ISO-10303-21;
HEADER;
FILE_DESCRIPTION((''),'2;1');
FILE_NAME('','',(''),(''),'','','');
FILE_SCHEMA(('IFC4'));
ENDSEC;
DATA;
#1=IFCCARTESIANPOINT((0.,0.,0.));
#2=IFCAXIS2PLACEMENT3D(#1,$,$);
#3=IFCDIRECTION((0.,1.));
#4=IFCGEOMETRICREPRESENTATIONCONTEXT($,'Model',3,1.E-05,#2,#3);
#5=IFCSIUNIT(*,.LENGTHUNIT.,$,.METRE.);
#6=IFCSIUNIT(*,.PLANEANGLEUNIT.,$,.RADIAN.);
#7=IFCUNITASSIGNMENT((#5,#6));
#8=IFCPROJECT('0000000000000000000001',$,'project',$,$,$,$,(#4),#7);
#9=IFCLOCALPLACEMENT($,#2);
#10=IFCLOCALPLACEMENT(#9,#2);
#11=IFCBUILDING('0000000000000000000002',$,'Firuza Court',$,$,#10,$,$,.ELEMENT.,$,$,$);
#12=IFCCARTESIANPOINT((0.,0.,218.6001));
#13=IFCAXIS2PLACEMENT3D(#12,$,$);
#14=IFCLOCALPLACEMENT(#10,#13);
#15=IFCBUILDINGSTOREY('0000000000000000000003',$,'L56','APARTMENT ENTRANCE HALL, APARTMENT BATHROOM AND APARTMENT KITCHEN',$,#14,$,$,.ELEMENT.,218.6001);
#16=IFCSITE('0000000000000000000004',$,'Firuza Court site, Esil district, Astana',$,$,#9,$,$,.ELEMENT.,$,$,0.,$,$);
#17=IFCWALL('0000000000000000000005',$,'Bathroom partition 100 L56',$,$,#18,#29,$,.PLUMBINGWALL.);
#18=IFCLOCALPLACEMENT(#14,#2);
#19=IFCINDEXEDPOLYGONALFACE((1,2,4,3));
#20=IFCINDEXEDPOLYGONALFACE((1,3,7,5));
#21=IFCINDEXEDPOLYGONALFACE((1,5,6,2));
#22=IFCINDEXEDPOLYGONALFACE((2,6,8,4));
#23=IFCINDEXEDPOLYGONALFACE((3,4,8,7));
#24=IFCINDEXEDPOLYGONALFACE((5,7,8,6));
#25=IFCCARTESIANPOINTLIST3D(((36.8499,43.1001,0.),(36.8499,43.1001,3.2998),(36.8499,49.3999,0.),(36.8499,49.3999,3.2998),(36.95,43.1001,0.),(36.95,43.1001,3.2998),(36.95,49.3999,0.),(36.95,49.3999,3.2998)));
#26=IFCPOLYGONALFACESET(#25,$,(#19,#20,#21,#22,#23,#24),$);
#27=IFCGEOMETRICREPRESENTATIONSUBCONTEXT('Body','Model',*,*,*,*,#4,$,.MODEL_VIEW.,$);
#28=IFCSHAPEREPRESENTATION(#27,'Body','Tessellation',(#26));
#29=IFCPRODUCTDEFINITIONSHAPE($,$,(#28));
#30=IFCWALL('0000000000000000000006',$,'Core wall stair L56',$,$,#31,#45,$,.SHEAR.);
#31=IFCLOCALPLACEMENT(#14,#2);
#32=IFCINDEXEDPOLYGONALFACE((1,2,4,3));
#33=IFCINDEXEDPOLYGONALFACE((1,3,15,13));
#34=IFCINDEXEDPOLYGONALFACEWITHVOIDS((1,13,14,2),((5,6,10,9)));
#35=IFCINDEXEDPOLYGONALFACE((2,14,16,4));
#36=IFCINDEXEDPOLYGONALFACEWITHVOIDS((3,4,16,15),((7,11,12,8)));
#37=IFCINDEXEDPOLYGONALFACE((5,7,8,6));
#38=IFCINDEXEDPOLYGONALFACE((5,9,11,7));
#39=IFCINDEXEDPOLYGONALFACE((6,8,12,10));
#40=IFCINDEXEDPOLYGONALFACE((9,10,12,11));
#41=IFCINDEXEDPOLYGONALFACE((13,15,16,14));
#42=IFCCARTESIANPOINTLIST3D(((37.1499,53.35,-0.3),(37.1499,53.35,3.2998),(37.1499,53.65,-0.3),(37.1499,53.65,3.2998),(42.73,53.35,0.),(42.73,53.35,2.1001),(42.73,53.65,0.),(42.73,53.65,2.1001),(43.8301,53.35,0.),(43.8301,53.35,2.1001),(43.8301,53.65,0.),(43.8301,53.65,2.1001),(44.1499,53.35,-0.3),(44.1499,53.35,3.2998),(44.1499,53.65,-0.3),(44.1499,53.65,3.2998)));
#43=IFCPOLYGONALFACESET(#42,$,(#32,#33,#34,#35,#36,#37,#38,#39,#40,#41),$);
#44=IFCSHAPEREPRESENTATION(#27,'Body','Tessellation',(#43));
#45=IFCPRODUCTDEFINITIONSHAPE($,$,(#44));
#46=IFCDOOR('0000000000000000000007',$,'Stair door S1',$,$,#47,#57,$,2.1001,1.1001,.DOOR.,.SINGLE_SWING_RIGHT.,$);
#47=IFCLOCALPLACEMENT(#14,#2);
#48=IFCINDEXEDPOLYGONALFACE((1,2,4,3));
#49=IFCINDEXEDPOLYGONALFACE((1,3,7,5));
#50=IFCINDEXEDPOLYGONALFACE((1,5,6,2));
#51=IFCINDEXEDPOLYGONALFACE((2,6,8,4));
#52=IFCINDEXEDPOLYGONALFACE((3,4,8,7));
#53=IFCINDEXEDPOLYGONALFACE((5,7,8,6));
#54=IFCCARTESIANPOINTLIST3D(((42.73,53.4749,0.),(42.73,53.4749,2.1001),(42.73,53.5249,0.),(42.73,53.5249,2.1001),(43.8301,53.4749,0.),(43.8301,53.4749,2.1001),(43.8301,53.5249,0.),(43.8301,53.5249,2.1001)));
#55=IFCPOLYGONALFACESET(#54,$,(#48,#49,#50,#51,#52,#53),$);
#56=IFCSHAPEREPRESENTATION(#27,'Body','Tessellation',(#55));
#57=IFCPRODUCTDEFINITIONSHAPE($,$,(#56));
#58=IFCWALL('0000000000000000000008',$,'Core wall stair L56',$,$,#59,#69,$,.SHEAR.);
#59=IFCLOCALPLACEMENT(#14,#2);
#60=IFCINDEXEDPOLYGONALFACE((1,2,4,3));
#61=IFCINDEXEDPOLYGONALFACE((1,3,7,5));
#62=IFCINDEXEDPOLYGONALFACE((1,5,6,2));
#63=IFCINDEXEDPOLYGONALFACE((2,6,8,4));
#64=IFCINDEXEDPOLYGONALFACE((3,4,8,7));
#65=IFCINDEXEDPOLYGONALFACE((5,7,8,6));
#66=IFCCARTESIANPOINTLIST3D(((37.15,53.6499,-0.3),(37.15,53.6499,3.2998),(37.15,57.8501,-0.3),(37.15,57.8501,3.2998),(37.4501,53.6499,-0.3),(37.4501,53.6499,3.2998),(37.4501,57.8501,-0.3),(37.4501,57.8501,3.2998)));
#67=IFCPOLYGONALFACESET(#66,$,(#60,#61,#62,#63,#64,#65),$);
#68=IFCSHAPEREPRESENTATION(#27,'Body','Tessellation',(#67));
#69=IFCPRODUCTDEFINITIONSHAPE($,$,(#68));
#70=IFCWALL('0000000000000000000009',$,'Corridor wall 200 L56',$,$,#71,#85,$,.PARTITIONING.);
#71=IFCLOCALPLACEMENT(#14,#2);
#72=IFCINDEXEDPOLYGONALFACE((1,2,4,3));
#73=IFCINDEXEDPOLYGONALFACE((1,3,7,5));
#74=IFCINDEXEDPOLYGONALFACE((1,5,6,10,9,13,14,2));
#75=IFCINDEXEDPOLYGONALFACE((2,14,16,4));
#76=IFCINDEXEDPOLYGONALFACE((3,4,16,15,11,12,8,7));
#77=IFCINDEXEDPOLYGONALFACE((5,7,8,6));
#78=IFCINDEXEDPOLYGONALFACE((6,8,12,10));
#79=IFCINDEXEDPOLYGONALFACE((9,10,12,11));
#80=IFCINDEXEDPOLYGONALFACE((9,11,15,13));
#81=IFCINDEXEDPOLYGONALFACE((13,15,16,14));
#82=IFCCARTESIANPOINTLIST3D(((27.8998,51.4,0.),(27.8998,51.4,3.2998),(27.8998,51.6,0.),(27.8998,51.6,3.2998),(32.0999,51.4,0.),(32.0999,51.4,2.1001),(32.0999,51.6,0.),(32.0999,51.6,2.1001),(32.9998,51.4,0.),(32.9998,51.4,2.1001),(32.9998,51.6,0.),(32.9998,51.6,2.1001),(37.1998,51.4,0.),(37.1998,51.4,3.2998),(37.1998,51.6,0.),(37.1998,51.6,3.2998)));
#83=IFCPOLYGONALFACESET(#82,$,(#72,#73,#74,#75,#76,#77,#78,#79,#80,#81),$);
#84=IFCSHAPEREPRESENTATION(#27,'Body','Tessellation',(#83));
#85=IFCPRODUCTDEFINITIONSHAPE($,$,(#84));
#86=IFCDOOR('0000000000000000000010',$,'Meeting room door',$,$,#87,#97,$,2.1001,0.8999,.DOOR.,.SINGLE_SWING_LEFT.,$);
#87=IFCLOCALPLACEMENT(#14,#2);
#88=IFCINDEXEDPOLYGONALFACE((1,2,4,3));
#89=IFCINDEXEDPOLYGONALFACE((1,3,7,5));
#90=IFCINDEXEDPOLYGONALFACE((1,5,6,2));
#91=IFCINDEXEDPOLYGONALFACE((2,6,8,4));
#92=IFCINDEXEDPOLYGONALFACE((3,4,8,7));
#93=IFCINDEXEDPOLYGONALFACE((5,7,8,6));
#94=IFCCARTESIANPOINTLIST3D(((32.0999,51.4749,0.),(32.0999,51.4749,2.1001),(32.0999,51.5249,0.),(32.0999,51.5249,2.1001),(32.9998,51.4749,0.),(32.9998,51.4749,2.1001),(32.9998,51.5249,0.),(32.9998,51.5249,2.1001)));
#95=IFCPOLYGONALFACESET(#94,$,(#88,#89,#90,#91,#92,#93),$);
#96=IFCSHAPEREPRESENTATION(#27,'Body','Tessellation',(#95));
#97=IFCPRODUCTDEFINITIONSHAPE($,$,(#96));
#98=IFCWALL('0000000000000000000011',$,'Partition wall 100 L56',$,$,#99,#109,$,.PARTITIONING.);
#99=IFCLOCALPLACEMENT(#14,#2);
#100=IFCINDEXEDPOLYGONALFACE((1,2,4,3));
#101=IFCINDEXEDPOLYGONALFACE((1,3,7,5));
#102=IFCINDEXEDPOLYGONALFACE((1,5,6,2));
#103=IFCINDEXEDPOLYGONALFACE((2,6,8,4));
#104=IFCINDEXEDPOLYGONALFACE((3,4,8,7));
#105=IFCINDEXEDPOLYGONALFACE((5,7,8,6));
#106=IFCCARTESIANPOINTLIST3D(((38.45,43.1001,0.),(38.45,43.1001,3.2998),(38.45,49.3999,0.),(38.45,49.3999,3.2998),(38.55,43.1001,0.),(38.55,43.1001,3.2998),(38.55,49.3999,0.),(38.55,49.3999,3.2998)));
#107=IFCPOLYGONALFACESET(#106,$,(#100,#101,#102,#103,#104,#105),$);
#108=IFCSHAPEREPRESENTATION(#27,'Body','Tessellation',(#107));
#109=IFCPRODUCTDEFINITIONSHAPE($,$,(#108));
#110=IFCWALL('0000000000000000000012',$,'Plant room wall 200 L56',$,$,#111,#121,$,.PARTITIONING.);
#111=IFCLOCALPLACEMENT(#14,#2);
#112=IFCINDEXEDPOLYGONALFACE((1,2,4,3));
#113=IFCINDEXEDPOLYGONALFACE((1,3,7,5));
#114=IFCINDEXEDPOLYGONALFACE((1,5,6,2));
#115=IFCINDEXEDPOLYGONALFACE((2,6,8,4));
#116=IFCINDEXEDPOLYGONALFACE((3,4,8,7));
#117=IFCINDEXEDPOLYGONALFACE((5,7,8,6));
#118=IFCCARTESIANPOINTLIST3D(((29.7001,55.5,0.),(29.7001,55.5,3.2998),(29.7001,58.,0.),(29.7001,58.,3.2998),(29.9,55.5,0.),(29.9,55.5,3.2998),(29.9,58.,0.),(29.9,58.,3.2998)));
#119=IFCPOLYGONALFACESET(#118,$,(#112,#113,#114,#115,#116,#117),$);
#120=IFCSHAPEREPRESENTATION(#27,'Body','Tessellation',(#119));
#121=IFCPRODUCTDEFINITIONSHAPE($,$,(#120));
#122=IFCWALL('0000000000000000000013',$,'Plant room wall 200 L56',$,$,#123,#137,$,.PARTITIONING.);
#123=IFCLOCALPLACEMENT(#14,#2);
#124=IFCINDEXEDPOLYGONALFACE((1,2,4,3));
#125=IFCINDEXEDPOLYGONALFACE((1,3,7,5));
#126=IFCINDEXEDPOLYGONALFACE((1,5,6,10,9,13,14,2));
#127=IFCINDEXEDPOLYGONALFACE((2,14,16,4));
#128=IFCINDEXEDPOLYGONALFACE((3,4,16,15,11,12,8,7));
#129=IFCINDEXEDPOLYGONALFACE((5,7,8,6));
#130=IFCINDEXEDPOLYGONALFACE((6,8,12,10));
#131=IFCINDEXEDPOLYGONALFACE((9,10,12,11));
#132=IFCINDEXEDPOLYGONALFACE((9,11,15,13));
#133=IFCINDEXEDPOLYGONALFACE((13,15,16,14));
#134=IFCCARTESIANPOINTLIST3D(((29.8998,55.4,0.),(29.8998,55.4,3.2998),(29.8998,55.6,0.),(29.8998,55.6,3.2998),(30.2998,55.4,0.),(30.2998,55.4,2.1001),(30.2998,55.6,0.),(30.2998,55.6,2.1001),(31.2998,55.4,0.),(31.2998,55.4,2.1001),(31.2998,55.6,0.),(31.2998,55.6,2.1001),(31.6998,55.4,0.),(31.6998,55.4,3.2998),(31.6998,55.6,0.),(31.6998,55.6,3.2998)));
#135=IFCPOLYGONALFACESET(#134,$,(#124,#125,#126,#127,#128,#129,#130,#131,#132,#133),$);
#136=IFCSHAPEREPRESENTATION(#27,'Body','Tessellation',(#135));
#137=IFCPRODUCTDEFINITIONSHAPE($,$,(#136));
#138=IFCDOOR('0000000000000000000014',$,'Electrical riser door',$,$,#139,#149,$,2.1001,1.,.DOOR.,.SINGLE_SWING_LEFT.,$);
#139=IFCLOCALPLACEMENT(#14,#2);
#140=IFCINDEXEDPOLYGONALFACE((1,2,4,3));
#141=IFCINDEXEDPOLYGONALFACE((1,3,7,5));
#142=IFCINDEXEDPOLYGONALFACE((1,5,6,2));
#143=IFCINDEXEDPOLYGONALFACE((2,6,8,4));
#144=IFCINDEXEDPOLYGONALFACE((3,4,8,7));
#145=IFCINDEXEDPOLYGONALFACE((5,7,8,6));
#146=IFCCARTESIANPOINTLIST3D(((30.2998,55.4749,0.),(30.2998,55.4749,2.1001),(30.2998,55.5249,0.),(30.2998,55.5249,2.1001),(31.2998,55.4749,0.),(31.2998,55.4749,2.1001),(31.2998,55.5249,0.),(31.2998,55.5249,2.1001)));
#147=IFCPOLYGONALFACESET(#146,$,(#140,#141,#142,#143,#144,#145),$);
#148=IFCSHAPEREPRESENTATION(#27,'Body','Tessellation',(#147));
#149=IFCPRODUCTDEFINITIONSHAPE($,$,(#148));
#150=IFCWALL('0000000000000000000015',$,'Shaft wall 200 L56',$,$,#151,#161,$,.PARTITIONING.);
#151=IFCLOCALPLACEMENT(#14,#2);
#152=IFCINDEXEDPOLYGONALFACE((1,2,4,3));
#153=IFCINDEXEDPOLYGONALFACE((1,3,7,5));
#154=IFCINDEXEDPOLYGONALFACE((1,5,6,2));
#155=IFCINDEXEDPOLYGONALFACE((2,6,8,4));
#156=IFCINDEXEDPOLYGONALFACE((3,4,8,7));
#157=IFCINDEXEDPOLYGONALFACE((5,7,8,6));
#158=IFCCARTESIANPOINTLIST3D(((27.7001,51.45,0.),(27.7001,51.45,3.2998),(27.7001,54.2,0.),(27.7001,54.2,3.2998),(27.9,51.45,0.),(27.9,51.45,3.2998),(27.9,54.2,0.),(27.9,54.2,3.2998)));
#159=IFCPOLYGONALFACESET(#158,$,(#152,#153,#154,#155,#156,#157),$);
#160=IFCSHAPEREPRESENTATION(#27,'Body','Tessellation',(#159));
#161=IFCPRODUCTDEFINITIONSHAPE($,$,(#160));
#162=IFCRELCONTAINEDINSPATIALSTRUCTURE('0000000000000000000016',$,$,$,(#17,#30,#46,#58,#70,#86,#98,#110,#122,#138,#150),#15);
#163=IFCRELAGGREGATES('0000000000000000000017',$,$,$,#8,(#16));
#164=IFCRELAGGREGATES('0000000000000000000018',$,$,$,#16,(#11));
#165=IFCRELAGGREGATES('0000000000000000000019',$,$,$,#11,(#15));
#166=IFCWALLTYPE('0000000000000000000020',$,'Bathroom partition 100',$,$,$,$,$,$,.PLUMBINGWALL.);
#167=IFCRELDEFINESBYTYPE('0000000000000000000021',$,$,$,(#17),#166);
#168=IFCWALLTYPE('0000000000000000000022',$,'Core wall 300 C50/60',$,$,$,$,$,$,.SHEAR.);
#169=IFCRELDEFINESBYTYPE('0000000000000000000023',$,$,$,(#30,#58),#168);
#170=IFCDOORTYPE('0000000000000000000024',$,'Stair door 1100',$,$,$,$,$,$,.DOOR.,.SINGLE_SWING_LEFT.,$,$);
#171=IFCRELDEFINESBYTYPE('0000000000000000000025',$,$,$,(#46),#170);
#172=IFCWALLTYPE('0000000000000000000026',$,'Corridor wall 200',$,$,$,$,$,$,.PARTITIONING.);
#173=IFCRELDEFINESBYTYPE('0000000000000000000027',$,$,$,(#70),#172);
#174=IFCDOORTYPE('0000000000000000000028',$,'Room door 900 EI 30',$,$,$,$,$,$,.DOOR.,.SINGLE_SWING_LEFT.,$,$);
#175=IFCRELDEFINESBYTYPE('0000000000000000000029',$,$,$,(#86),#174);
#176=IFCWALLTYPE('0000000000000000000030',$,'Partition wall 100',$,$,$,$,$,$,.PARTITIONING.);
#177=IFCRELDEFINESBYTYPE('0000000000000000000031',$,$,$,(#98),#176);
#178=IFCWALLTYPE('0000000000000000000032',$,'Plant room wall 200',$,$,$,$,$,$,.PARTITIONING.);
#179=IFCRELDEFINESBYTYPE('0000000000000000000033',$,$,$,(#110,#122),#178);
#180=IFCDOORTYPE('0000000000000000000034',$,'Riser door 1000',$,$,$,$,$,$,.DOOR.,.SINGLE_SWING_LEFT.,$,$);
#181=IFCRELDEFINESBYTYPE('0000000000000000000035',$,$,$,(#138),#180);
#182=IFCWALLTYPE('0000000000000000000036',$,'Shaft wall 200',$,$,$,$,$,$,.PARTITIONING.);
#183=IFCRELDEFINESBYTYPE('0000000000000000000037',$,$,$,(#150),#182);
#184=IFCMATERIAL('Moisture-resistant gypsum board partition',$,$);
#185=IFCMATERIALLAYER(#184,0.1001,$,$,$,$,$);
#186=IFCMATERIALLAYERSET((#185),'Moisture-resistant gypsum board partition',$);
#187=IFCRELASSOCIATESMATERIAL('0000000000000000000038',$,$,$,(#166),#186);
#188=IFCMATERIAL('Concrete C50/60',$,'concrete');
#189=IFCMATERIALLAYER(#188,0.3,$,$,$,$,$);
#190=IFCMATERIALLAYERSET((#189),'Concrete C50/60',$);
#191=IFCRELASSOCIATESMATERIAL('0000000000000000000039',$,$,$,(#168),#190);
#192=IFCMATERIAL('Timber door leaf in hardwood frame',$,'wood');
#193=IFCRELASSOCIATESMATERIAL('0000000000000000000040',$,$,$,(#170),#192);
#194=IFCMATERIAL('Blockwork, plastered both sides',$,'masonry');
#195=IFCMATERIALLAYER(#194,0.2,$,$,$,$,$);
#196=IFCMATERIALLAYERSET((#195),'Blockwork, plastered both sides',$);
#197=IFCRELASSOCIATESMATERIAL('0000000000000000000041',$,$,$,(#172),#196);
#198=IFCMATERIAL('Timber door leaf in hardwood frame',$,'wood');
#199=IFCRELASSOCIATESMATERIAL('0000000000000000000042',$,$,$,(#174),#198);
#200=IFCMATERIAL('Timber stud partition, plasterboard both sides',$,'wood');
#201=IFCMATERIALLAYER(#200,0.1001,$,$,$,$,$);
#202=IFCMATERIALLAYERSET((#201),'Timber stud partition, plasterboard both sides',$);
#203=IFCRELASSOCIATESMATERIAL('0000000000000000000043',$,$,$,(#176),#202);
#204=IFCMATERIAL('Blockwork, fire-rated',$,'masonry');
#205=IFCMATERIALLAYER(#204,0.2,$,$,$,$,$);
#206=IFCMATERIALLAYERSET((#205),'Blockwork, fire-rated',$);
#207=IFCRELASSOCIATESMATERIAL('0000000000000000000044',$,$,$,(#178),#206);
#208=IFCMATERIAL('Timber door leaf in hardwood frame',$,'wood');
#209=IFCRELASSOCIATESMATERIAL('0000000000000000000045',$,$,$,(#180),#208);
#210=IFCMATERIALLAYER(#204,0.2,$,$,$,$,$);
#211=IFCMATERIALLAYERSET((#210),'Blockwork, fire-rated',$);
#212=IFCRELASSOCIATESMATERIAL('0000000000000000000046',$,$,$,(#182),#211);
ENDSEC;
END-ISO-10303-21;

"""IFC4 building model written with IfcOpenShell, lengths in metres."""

from ifc_helpers import new_model, si_unit, direction, frame, frame_2d, origin, place, context, subcontext, project, spatial, rectangle, extrude, material, layer, layer_set, type_object, element, fill, save


model = new_model("IFC4")

# Units and contexts
model_context = context("Model", 3, precision=1e-05, world=origin(), true_north=direction((0.0, 1.0)))
body_context = subcontext(model_context, "Body", "Model", "MODEL_VIEW")
ifc_project = project(units=[si_unit("LENGTHUNIT", "METRE"), si_unit("PLANEANGLEUNIT", "RADIAN")], contexts=[model_context])

# Site, building, storey
site_placement = place(None, origin())
site = spatial("IfcSite", under=ifc_project, at=site_placement, Name="Firuza Court site, Esil district, Astana", CompositionType="ELEMENT", RefElevation=0.0)
building_placement = place(site_placement, origin())
building = spatial("IfcBuilding", under=site, at=building_placement, Name="Firuza Court", CompositionType="ELEMENT")
storey_placement = place(building_placement, frame((0.0, 0.0, 218.6001)))
storey = spatial("IfcBuildingStorey", under=building, at=storey_placement, Name="L56", Description="APARTMENT ENTRANCE HALL, APARTMENT BATHROOM AND APARTMENT KITCHEN", CompositionType="ELEMENT", Elevation=218.6001)

# Wall
ifc_material_1 = material(Name="Moisture-resistant gypsum board partition")
ifc_layer_1 = layer(ifc_material_1, 0.1001)
ifc_layer_set_1 = layer_set([ifc_layer_1], Name="Moisture-resistant gypsum board partition")
wall_type_1 = type_object("IfcWallType", Name="Bathroom partition 100", PredefinedType="PLUMBINGWALL", material=ifc_layer_set_1)
wall_1_placement = place(storey_placement, frame((36.8999, 43.1001, 0.0), z_axis=(0.0, 0.0, 1.0), x_axis=(0.0, 1.0, 0.0)))
element("IfcWall", 1, at=wall_1_placement, inside=storey, type_object=wall_type_1, Name="Bathroom partition 100 L56", PredefinedType="PLUMBINGWALL", context=body_context, shape_type="SweptSolid", body=[
    extrude(rectangle(XDim=6.2998, YDim=0.1001, at=frame_2d((3.1499, 0.0))), origin(), (0.0, 0.0, 1.0), 3.2998),
])

# Wall, opening, door
ifc_material_2 = material(Name="Concrete C50/60", Category="concrete")
ifc_layer_2 = layer(ifc_material_2, 0.3)
ifc_layer_set_2 = layer_set([ifc_layer_2], Name="Concrete C50/60")
wall_type_2 = type_object("IfcWallType", Name="Core wall 300 C50/60", PredefinedType="SHEAR", material=ifc_layer_set_2)
wall_2_placement = place(storey_placement, frame((37.1499, 53.5, -0.3), z_axis=(0.0, 0.0, 1.0), x_axis=(1.0, 0.0, 0.0)))
wall_2 = element("IfcWall", 2, at=wall_2_placement, inside=storey, type_object=wall_type_2, Name="Core wall stair L56", PredefinedType="SHEAR", context=body_context, shape_type="SweptSolid", body=[
    extrude(rectangle(XDim=7.0, YDim=0.3, at=frame_2d((3.5, 0.0))), origin(), (0.0, 0.0, 1.0), 3.5999),
])
opening_1_placement = place(wall_2_placement, frame((5.5801, 0.0, 0.3)))
opening_1 = element("IfcOpeningElement", 3, at=opening_1_placement, cuts=wall_2, PredefinedType="OPENING", context=body_context, shape_type="SweptSolid", body=[
    extrude(rectangle(XDim=1.1001, YDim=2.1001, at=frame_2d((0.55, 1.05))), frame((0.0, 0.1621, 0.0), z_axis=(0.0, -1.0, 0.0), x_axis=(1.0, 0.0, 0.0)), (0.0, 0.0, 1.0), 0.324),
])
ifc_material_3 = material(Name="Timber door leaf in hardwood frame", Category="wood")
door_type_1 = type_object("IfcDoorType", Name="Stair door 1100", OperationType="SINGLE_SWING_LEFT", PredefinedType="DOOR", material=ifc_material_3)
door_1_placement = place(opening_1_placement, origin())
door_1 = element("IfcDoor", 4, at=door_1_placement, inside=storey, type_object=door_type_1, Name="Stair door S1", OperationType="SINGLE_SWING_RIGHT", OverallHeight=2.1001, OverallWidth=1.1001, PredefinedType="DOOR", context=body_context, shape_type="SweptSolid", body=[
    extrude(rectangle(XDim=1.1001, YDim=2.1001, at=frame_2d((0.55, 1.05))), frame((0.0, 0.0249, 0.0), z_axis=(0.0, -1.0, 0.0), x_axis=(1.0, 0.0, 0.0)), (0.0, 0.0, 1.0), 0.05),
])
fill(opening_1, door_1)

# Wall
wall_3_placement = place(storey_placement, frame((37.3, 53.6499, -0.3), z_axis=(0.0, 0.0, 1.0), x_axis=(0.0, 1.0, 0.0)))
element("IfcWall", 5, at=wall_3_placement, inside=storey, type_object=wall_type_2, Name="Core wall stair L56", PredefinedType="SHEAR", context=body_context, shape_type="SweptSolid", body=[
    extrude(rectangle(XDim=4.2002, YDim=0.3, at=frame_2d((2.1001, 0.0))), origin(), (0.0, 0.0, 1.0), 3.5999),
])

# Wall, opening, door
ifc_material_4 = material(Name="Blockwork, plastered both sides", Category="masonry")
ifc_layer_3 = layer(ifc_material_4, 0.2)
ifc_layer_set_3 = layer_set([ifc_layer_3], Name="Blockwork, plastered both sides")
wall_type_3 = type_object("IfcWallType", Name="Corridor wall 200", PredefinedType="PARTITIONING", material=ifc_layer_set_3)
wall_4_placement = place(storey_placement, frame((27.8999, 51.5, 0.0), z_axis=(0.0, 0.0, 1.0), x_axis=(1.0, 0.0, 0.0)))
wall_4 = element("IfcWall", 6, at=wall_4_placement, inside=storey, type_object=wall_type_3, Name="Corridor wall 200 L56", PredefinedType="PARTITIONING", context=body_context, shape_type="SweptSolid", body=[
    extrude(rectangle(XDim=9.3, YDim=0.2, at=frame_2d((4.6499, 0.0))), origin(), (0.0, 0.0, 1.0), 3.2998),
])
opening_2_placement = place(wall_4_placement, frame((4.2, 0.0, 0.0)))
opening_2 = element("IfcOpeningElement", 7, at=opening_2_placement, cuts=wall_4, PredefinedType="OPENING", context=body_context, shape_type="SweptSolid", body=[
    extrude(rectangle(XDim=0.8999, YDim=2.1001, at=frame_2d((0.45, 1.05))), frame((0.0, 0.1118, 0.0), z_axis=(0.0, -1.0, 0.0), x_axis=(1.0, 0.0, 0.0)), (0.0, 0.0, 1.0), 0.2239),
])
ifc_material_5 = material(Name="Timber door leaf in hardwood frame", Category="wood")
door_type_2 = type_object("IfcDoorType", Name="Room door 900 EI 30", OperationType="SINGLE_SWING_LEFT", PredefinedType="DOOR", material=ifc_material_5)
door_2_placement = place(opening_2_placement, origin())
door_2 = element("IfcDoor", 8, at=door_2_placement, inside=storey, type_object=door_type_2, Name="Meeting room door", OperationType="SINGLE_SWING_LEFT", OverallHeight=2.1001, OverallWidth=0.8999, PredefinedType="DOOR", context=body_context, shape_type="SweptSolid", body=[
    extrude(rectangle(XDim=0.8999, YDim=2.1001, at=frame_2d((0.45, 1.05))), frame((0.0, 0.0249, 0.0), z_axis=(0.0, -1.0, 0.0), x_axis=(1.0, 0.0, 0.0)), (0.0, 0.0, 1.0), 0.05),
])
fill(opening_2, door_2)

# Walls
ifc_material_6 = material(Name="Timber stud partition, plasterboard both sides", Category="wood")
ifc_layer_4 = layer(ifc_material_6, 0.1001)
ifc_layer_set_4 = layer_set([ifc_layer_4], Name="Timber stud partition, plasterboard both sides")
wall_type_4 = type_object("IfcWallType", Name="Partition wall 100", PredefinedType="PARTITIONING", material=ifc_layer_set_4)
wall_5_placement = place(storey_placement, frame((38.5, 43.1001, 0.0), z_axis=(0.0, 0.0, 1.0), x_axis=(0.0, 1.0, 0.0)))
element("IfcWall", 9, at=wall_5_placement, inside=storey, type_object=wall_type_4, Name="Partition wall 100 L56", PredefinedType="PARTITIONING", context=body_context, shape_type="SweptSolid", body=[
    extrude(rectangle(XDim=6.2998, YDim=0.1001, at=frame_2d((3.1499, 0.0))), origin(), (0.0, 0.0, 1.0), 3.2998),
])
ifc_material_7 = material(Name="Blockwork, fire-rated", Category="masonry")
ifc_layer_5 = layer(ifc_material_7, 0.2)
ifc_layer_set_5 = layer_set([ifc_layer_5], Name="Blockwork, fire-rated")
wall_type_5 = type_object("IfcWallType", Name="Plant room wall 200", PredefinedType="PARTITIONING", material=ifc_layer_set_5)
wall_6_placement = place(storey_placement, frame((29.8, 55.5, 0.0), z_axis=(0.0, 0.0, 1.0), x_axis=(0.0, 1.0, 0.0)))
element("IfcWall", 10, at=wall_6_placement, inside=storey, type_object=wall_type_5, Name="Plant room wall 200 L56", PredefinedType="PARTITIONING", context=body_context, shape_type="SweptSolid", body=[
    extrude(rectangle(XDim=2.5, YDim=0.2, at=frame_2d((1.25, 0.0))), origin(), (0.0, 0.0, 1.0), 3.2998),
])

# Wall, opening, door
wall_7_placement = place(storey_placement, frame((29.8999, 55.5, 0.0), z_axis=(0.0, 0.0, 1.0), x_axis=(1.0, 0.0, 0.0)))
wall_7 = element("IfcWall", 11, at=wall_7_placement, inside=storey, type_object=wall_type_5, Name="Plant room wall 200 L56", PredefinedType="PARTITIONING", context=body_context, shape_type="SweptSolid", body=[
    extrude(rectangle(XDim=1.8, YDim=0.2, at=frame_2d((0.8999, 0.0))), origin(), (0.0, 0.0, 1.0), 3.2998),
])
opening_3_placement = place(wall_7_placement, frame((0.3999, 0.0, 0.0)))
opening_3 = element("IfcOpeningElement", 12, at=opening_3_placement, cuts=wall_7, PredefinedType="OPENING", context=body_context, shape_type="SweptSolid", body=[
    extrude(rectangle(XDim=1.0, YDim=2.1001, at=frame_2d((0.5, 1.05))), frame((0.0, 0.1118, 0.0), z_axis=(0.0, -1.0, 0.0), x_axis=(1.0, 0.0, 0.0)), (0.0, 0.0, 1.0), 0.2239),
])
ifc_material_8 = material(Name="Timber door leaf in hardwood frame", Category="wood")
door_type_3 = type_object("IfcDoorType", Name="Riser door 1000", OperationType="SINGLE_SWING_LEFT", PredefinedType="DOOR", material=ifc_material_8)
door_3_placement = place(opening_3_placement, origin())
door_3 = element("IfcDoor", 13, at=door_3_placement, inside=storey, type_object=door_type_3, Name="Electrical riser door", OperationType="SINGLE_SWING_LEFT", OverallHeight=2.1001, OverallWidth=1.0, PredefinedType="DOOR", context=body_context, shape_type="SweptSolid", body=[
    extrude(rectangle(XDim=1.0, YDim=2.1001, at=frame_2d((0.5, 1.05))), frame((0.0, 0.0249, 0.0), z_axis=(0.0, -1.0, 0.0), x_axis=(1.0, 0.0, 0.0)), (0.0, 0.0, 1.0), 0.05),
])
fill(opening_3, door_3)

# Wall
ifc_layer_6 = layer(ifc_material_7, 0.2)
ifc_layer_set_6 = layer_set([ifc_layer_6], Name="Blockwork, fire-rated")
wall_type_6 = type_object("IfcWallType", Name="Shaft wall 200", PredefinedType="PARTITIONING", material=ifc_layer_set_6)
wall_8_placement = place(storey_placement, frame((27.8, 51.45, 0.0), z_axis=(0.0, 0.0, 1.0), x_axis=(0.0, 1.0, 0.0)))
element("IfcWall", 14, at=wall_8_placement, inside=storey, type_object=wall_type_6, Name="Shaft wall 200 L56", PredefinedType="PARTITIONING", context=body_context, shape_type="SweptSolid", body=[
    extrude(rectangle(XDim=2.75, YDim=0.2, at=frame_2d((1.375, 0.0))), origin(), (0.0, 0.0, 1.0), 3.2998),
])

save(model, "model.ifc")
